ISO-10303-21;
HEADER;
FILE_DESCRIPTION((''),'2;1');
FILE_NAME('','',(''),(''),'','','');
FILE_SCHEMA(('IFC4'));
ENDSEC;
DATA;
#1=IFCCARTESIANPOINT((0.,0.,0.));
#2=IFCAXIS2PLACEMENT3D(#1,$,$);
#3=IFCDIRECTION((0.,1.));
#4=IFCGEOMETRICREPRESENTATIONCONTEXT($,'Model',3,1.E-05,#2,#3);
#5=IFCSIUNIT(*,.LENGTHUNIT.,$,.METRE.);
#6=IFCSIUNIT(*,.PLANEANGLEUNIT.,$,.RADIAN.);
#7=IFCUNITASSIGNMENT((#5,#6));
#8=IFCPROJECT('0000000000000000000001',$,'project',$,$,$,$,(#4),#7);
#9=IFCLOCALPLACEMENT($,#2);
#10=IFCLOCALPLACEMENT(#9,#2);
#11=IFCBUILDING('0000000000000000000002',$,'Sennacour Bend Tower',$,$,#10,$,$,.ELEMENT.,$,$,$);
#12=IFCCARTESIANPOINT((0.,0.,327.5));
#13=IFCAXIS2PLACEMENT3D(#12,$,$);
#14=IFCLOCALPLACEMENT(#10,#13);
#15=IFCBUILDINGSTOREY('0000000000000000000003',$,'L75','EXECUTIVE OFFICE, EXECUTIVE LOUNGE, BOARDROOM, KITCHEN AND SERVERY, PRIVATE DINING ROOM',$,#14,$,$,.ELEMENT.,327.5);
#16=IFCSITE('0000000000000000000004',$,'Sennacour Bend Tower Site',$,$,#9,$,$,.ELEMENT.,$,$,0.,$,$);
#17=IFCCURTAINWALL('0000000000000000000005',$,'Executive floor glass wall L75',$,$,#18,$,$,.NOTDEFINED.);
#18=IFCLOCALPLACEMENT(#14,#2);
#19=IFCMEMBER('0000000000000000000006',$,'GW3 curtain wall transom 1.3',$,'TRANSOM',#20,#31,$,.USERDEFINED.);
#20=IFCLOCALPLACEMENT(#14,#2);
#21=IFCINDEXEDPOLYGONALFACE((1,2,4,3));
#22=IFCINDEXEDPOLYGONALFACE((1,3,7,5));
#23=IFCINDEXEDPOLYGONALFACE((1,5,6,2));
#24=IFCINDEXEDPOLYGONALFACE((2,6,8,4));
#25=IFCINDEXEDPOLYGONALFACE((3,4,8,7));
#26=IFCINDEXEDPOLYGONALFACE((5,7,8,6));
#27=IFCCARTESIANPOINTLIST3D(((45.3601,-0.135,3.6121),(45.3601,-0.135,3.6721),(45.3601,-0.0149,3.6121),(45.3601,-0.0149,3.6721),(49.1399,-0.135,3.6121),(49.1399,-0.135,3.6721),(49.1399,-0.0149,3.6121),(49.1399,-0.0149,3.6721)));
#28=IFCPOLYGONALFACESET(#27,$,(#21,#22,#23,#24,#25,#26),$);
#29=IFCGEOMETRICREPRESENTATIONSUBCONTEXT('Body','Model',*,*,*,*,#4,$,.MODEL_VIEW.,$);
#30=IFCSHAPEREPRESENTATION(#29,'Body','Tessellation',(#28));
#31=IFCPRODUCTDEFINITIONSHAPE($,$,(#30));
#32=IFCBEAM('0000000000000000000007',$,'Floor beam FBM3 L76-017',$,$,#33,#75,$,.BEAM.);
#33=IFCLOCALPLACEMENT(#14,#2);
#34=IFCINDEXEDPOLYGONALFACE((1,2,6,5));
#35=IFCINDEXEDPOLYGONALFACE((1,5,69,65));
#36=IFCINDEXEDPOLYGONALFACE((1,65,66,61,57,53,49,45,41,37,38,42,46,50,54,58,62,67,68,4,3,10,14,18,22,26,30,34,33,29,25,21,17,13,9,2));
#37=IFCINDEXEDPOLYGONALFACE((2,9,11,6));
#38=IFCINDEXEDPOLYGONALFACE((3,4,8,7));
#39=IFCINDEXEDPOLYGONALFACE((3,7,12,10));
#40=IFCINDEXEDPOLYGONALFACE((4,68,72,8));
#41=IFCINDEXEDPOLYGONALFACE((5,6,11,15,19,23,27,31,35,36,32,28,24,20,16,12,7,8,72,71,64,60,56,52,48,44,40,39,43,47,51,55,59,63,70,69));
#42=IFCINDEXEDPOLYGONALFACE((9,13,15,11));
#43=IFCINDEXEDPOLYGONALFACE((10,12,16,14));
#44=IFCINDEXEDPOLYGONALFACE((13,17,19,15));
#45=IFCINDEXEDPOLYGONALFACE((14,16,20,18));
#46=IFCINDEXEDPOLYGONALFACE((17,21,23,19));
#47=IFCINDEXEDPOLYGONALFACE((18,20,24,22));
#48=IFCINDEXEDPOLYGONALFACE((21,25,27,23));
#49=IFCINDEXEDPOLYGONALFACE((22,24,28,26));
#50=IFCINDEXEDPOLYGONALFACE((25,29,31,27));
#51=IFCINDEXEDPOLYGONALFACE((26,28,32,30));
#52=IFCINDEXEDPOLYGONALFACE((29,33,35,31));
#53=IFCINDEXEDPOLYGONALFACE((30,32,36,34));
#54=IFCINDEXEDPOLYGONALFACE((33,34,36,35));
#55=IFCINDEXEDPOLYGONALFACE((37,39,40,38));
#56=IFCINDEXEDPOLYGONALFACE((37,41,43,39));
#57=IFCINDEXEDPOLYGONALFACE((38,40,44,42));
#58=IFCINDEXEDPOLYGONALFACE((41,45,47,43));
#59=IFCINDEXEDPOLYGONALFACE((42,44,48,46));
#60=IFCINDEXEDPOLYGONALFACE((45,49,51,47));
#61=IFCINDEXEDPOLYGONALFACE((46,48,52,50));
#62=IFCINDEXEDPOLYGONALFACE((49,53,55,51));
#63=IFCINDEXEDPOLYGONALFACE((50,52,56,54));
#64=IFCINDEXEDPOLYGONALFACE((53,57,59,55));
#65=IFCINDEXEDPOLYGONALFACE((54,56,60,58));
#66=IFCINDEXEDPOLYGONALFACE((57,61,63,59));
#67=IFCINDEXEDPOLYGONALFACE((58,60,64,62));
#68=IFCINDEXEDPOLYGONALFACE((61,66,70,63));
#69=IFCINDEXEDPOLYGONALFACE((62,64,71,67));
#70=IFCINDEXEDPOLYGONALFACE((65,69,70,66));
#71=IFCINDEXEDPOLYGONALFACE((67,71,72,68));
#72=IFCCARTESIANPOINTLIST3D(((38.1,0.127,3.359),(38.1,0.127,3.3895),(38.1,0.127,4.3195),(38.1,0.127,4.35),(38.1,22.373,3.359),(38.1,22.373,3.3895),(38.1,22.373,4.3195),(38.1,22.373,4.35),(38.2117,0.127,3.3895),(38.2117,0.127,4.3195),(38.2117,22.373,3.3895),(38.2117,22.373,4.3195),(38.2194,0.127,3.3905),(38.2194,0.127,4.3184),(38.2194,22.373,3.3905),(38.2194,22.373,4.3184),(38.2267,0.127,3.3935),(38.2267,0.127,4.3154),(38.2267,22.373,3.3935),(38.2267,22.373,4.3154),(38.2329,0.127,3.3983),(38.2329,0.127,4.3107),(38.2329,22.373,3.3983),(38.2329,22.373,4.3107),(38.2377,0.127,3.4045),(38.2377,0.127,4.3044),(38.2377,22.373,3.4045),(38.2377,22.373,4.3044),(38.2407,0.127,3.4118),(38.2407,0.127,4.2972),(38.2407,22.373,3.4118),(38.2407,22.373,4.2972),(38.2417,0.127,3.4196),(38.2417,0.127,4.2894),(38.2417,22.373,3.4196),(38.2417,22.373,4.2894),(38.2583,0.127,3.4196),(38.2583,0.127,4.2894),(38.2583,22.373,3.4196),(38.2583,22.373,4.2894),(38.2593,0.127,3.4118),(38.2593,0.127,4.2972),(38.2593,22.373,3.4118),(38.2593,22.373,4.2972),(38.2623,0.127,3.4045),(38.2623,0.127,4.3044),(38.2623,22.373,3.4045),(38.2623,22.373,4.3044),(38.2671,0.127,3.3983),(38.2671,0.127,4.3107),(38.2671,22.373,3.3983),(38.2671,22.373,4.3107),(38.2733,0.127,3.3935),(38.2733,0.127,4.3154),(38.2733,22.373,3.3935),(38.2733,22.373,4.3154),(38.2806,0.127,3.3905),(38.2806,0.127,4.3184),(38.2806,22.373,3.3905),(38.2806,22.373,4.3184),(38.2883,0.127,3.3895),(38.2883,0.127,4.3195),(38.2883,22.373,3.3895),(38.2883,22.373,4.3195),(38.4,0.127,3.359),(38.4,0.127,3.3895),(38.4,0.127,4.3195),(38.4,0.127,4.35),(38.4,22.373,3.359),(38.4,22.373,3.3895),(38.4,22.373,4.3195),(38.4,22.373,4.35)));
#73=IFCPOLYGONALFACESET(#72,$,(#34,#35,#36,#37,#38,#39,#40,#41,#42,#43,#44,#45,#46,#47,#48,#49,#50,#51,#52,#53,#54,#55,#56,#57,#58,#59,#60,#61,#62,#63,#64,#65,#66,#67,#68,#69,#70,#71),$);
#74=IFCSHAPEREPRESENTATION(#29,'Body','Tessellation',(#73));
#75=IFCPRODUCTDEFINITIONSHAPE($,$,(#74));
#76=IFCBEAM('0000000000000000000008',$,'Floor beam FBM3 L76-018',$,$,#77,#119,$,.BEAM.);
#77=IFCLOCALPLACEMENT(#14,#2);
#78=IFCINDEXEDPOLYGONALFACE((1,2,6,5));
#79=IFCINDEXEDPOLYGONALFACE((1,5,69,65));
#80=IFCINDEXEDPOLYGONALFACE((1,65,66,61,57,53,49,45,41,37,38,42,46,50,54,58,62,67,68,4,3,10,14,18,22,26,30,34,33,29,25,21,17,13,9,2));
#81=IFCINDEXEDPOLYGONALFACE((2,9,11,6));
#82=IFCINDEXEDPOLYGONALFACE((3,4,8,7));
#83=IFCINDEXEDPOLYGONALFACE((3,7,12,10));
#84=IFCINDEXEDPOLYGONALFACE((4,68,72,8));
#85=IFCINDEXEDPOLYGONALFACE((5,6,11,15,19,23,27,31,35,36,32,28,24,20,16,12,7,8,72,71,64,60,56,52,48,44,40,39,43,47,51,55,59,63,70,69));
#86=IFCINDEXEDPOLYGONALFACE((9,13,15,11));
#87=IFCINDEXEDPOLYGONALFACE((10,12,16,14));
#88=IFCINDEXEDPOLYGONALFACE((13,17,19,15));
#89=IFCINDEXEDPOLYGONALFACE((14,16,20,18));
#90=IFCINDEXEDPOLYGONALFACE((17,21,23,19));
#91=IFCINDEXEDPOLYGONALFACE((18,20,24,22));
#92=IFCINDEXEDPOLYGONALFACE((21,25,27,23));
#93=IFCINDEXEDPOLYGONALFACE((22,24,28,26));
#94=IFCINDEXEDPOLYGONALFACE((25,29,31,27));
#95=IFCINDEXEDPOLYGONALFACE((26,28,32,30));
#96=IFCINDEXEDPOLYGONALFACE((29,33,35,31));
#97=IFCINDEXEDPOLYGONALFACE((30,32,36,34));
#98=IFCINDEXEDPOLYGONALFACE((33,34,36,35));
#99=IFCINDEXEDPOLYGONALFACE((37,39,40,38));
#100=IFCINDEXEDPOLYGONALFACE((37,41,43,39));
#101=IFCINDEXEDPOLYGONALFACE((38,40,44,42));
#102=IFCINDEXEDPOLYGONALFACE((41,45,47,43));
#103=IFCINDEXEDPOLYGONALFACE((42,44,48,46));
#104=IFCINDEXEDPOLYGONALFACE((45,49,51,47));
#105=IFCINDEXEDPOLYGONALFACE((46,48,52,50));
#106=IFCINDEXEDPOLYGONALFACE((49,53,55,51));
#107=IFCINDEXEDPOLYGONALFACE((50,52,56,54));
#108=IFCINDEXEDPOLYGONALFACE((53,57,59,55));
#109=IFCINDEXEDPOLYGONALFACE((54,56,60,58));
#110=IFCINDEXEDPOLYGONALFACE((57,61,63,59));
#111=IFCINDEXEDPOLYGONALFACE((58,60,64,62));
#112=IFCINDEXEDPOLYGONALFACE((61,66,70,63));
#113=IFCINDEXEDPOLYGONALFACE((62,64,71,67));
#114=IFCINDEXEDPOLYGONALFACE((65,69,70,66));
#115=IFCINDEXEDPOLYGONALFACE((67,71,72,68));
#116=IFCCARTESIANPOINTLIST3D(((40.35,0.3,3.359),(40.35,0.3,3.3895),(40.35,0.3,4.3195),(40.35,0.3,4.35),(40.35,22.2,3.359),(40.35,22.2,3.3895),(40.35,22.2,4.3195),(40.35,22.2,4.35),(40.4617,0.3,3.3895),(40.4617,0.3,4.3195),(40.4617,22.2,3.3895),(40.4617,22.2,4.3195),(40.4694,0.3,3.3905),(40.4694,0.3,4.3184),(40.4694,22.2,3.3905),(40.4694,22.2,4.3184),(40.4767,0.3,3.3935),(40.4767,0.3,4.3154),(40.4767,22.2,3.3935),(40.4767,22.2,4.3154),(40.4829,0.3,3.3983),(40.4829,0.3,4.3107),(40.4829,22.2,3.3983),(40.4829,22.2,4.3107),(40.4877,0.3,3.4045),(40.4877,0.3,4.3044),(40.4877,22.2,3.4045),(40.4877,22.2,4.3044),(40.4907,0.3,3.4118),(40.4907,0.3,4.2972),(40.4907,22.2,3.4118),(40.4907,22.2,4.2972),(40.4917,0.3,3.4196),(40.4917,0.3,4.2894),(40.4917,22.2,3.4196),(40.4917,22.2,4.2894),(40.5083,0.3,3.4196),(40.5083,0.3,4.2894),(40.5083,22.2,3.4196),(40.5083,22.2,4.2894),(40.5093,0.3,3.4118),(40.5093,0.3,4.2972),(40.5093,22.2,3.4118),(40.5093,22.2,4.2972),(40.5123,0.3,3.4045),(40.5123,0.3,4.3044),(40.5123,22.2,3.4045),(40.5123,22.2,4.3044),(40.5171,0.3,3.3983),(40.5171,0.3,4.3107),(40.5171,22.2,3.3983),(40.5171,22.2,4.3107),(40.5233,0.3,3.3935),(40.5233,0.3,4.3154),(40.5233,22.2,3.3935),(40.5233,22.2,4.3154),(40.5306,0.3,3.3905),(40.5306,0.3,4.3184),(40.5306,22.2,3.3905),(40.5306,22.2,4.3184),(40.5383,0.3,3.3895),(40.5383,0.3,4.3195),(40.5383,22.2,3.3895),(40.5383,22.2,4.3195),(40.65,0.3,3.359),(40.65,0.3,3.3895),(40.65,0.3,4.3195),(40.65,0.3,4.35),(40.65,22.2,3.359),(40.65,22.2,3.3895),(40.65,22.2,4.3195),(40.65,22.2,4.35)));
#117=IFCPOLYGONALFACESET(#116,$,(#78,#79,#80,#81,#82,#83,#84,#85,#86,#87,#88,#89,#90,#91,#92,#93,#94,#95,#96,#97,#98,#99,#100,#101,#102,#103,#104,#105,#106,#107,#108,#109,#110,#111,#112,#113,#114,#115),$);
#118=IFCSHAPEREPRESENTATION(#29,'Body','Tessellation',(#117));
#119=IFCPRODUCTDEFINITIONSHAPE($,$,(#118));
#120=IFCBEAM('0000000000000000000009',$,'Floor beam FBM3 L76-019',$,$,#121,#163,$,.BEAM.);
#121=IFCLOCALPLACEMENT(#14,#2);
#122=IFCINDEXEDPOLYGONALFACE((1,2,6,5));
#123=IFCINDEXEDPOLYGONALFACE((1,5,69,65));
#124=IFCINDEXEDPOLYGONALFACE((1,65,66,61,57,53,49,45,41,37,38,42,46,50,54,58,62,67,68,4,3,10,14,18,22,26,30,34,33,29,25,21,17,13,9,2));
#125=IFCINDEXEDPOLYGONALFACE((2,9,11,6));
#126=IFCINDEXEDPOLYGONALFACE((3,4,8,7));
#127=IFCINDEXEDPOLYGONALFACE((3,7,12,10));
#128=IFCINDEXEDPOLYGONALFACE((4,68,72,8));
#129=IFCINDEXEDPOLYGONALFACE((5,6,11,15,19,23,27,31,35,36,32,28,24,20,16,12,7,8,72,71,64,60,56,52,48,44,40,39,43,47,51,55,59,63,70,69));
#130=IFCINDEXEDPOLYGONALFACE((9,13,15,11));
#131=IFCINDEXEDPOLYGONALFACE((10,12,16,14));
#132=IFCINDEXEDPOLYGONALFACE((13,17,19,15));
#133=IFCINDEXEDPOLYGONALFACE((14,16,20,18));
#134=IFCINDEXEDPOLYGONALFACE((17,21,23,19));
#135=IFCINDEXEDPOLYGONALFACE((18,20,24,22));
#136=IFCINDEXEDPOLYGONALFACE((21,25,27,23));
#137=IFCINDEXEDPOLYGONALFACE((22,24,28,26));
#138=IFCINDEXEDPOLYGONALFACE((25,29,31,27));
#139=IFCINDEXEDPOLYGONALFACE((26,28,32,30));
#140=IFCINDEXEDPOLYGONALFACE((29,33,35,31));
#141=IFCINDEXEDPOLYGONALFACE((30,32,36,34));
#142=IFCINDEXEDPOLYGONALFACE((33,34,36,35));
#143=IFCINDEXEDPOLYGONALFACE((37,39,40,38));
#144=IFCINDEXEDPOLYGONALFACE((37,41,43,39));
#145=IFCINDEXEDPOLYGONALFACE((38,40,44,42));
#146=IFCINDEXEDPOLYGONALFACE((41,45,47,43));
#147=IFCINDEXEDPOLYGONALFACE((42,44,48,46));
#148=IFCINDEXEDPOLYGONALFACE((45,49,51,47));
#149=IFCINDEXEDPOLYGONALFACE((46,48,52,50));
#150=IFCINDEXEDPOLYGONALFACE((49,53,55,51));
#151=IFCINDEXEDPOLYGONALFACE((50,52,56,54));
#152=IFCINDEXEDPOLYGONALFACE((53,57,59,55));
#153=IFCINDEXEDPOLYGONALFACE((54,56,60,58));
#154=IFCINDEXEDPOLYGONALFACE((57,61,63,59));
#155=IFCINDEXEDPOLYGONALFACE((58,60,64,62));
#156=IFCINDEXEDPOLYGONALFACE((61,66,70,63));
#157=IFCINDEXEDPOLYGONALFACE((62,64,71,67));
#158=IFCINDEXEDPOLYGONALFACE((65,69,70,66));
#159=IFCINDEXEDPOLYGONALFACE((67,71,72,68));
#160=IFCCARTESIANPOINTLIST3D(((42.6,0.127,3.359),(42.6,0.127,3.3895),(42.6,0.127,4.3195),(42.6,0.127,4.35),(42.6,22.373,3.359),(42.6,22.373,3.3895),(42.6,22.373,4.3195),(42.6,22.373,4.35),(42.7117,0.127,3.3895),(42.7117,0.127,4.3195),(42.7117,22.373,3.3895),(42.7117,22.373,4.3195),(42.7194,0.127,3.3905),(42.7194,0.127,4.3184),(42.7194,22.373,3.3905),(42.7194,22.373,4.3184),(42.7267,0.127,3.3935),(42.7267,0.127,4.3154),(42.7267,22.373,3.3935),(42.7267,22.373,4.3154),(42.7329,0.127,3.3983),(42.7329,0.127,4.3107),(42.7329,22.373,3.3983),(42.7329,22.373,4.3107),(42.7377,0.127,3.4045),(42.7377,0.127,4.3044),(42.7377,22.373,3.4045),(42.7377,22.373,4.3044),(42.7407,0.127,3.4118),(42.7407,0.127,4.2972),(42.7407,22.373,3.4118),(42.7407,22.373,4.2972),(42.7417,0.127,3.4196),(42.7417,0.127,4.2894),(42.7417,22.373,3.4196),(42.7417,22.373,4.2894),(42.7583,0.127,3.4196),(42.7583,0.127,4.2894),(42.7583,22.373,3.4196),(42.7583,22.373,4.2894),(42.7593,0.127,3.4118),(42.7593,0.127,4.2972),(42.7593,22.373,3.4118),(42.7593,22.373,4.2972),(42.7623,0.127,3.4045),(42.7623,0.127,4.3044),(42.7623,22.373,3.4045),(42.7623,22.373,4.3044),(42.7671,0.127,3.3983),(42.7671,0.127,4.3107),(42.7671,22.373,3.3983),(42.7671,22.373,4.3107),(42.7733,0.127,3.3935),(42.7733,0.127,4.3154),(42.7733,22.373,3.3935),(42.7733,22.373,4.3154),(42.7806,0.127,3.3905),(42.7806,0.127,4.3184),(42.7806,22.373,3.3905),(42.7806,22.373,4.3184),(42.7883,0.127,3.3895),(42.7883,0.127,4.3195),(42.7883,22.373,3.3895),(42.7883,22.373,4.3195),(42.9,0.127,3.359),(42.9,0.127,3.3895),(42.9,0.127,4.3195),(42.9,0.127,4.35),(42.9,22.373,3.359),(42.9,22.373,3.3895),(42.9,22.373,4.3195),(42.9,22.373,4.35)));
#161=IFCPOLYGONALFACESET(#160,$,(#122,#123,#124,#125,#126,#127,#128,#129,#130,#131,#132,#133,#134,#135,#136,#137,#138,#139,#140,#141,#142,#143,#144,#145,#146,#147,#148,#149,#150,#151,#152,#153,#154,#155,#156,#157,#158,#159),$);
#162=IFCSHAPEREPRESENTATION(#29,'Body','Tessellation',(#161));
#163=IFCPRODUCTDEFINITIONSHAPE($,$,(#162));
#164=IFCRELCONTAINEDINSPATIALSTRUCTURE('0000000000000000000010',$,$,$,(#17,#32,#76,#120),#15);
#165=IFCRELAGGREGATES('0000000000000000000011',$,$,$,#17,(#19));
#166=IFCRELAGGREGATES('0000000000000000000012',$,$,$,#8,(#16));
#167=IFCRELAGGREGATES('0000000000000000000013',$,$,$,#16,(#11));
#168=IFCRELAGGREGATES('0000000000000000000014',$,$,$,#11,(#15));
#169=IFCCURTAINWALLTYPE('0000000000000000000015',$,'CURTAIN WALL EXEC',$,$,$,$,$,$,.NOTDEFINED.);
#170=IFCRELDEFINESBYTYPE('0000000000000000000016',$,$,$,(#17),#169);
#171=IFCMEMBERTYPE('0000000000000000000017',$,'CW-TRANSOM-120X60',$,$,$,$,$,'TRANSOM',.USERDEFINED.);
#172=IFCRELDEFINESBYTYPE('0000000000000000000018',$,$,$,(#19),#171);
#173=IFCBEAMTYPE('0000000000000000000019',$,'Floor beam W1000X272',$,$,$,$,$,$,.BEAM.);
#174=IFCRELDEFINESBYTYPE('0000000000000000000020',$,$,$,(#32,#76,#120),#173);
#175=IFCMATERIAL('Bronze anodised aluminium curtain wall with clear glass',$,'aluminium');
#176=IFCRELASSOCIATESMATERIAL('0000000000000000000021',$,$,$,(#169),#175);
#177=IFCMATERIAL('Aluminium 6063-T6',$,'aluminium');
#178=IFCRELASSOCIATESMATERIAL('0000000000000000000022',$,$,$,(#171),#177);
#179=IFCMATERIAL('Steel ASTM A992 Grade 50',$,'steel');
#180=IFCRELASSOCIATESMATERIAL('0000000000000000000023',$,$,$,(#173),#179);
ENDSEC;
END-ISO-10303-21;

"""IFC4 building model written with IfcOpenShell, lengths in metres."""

from ifc_helpers import new_model, si_unit, direction, frame, origin, origin_2d, place, context, subcontext, project, spatial, rectangle, i_section, extrude, material, material_profile, profile_set, type_object, element, aggregate, save


model = new_model("IFC4")

# Units and contexts
model_context = context("Model", 3, precision=1e-05, world=origin(), true_north=direction((0.0, 1.0)))
body_context = subcontext(model_context, "Body", "Model", "MODEL_VIEW")
ifc_project = project(units=[si_unit("LENGTHUNIT", "METRE"), si_unit("PLANEANGLEUNIT", "RADIAN")], contexts=[model_context])

# Site, building, storey
site_placement = place(None, origin())
site = spatial("IfcSite", under=ifc_project, at=site_placement, Name="Sennacour Bend Tower Site", CompositionType="ELEMENT", RefElevation=0.0)
building_placement = place(site_placement, origin())
building = spatial("IfcBuilding", under=site, at=building_placement, Name="Sennacour Bend Tower", CompositionType="ELEMENT")
storey_placement = place(building_placement, frame((0.0, 0.0, 327.5)))
storey = spatial("IfcBuildingStorey", under=building, at=storey_placement, Name="L75", Description="EXECUTIVE OFFICE, EXECUTIVE LOUNGE, BOARDROOM, KITCHEN AND SERVERY, PRIVATE DINING ROOM", CompositionType="ELEMENT", Elevation=327.5)

# Shared definitions
ifc_material_1 = material(Name="Bronze anodised aluminium curtain wall with clear glass", Category="aluminium")
curtain_wall_type = type_object("IfcCurtainWallType", Name="CURTAIN WALL EXEC", PredefinedType="NOTDEFINED", material=ifc_material_1)
ifc_material_2 = material(Name="Aluminium 6063-T6", Category="aluminium")

# Curtain wall
curtain_wall_1_placement = place(storey_placement, origin())
curtain_wall_1 = element("IfcCurtainWall", 1, at=curtain_wall_1_placement, inside=storey, type_object=curtain_wall_type, Name="Executive floor glass wall L75", PredefinedType="NOTDEFINED")

# Member
ifc_material_profile_1 = material_profile(ifc_material_2, rectangle(XDim=0.1201, YDim=0.0601, at=origin_2d()), Name="Aluminium 6063-T6", Category="aluminium")
ifc_profile_set_1 = profile_set([ifc_material_profile_1], Name="Aluminium 6063-T6")
member_type_1 = type_object("IfcMemberType", Name="CW-TRANSOM-120X60", ElementType="TRANSOM", PredefinedType="USERDEFINED", material=ifc_profile_set_1)
member_1_placement = place(storey_placement, frame((45.3601, -0.075, 3.6421), z_axis=(1.0, 0.0, 0.0), x_axis=(0.0, 1.0, 0.0)))
member_1 = element("IfcMember", 2, at=member_1_placement, type_object=member_type_1, Name="GW3 curtain wall transom 1.3", ObjectType="TRANSOM", PredefinedType="USERDEFINED", context=body_context, shape_type="SweptSolid", body=[
    extrude(rectangle(XDim=0.1201, YDim=0.0601, at=origin_2d()), origin(), (0.0, 0.0, 1.0), 3.7798),
])
aggregate(curtain_wall_1, [member_1])

# Beams
ifc_material_3 = material(Name="Steel ASTM A992 Grade 50", Category="steel")
ifc_material_profile_2 = material_profile(ifc_material_3, i_section(OverallWidth=0.3, OverallDepth=0.991, WebThickness=0.0166, FlangeThickness=0.0305, FilletRadius=0.03, at=origin_2d()), Name="Steel ASTM A992 Grade 50", Category="steel")
ifc_profile_set_2 = profile_set([ifc_material_profile_2], Name="Steel ASTM A992 Grade 50")
beam_type_1 = type_object("IfcBeamType", Name="Floor beam W1000X272", PredefinedType="BEAM", material=ifc_profile_set_2)
beam_1_placement = place(storey_placement, frame((38.25, 0.127, 3.8545), z_axis=(0.0, 1.0, 0.0), x_axis=(-1.0, 0.0, 0.0)))
element("IfcBeam", 3, at=beam_1_placement, inside=storey, type_object=beam_type_1, Name="Floor beam FBM3 L76-017", PredefinedType="BEAM", context=body_context, shape_type="SweptSolid", body=[
    extrude(i_section(OverallWidth=0.3, OverallDepth=0.991, WebThickness=0.0166, FlangeThickness=0.0305, FilletRadius=0.03, at=origin_2d()), origin(), (0.0, 0.0, 1.0), 22.2461),
])
beam_2_placement = place(storey_placement, frame((40.5, 0.3, 3.8545), z_axis=(0.0, 1.0, 0.0), x_axis=(-1.0, 0.0, 0.0)))
element("IfcBeam", 4, at=beam_2_placement, inside=storey, type_object=beam_type_1, Name="Floor beam FBM3 L76-018", PredefinedType="BEAM", context=body_context, shape_type="SweptSolid", body=[
    extrude(i_section(OverallWidth=0.3, OverallDepth=0.991, WebThickness=0.0166, FlangeThickness=0.0305, FilletRadius=0.03, at=origin_2d()), origin(), (0.0, 0.0, 1.0), 21.8999),
])
beam_3_placement = place(storey_placement, frame((42.75, 0.127, 3.8545), z_axis=(0.0, 1.0, 0.0), x_axis=(-1.0, 0.0, 0.0)))
element("IfcBeam", 5, at=beam_3_placement, inside=storey, type_object=beam_type_1, Name="Floor beam FBM3 L76-019", PredefinedType="BEAM", context=body_context, shape_type="SweptSolid", body=[
    extrude(i_section(OverallWidth=0.3, OverallDepth=0.991, WebThickness=0.0166, FlangeThickness=0.0305, FilletRadius=0.03, at=origin_2d()), origin(), (0.0, 0.0, 1.0), 22.2461),
])

save(model, "model.ifc")
